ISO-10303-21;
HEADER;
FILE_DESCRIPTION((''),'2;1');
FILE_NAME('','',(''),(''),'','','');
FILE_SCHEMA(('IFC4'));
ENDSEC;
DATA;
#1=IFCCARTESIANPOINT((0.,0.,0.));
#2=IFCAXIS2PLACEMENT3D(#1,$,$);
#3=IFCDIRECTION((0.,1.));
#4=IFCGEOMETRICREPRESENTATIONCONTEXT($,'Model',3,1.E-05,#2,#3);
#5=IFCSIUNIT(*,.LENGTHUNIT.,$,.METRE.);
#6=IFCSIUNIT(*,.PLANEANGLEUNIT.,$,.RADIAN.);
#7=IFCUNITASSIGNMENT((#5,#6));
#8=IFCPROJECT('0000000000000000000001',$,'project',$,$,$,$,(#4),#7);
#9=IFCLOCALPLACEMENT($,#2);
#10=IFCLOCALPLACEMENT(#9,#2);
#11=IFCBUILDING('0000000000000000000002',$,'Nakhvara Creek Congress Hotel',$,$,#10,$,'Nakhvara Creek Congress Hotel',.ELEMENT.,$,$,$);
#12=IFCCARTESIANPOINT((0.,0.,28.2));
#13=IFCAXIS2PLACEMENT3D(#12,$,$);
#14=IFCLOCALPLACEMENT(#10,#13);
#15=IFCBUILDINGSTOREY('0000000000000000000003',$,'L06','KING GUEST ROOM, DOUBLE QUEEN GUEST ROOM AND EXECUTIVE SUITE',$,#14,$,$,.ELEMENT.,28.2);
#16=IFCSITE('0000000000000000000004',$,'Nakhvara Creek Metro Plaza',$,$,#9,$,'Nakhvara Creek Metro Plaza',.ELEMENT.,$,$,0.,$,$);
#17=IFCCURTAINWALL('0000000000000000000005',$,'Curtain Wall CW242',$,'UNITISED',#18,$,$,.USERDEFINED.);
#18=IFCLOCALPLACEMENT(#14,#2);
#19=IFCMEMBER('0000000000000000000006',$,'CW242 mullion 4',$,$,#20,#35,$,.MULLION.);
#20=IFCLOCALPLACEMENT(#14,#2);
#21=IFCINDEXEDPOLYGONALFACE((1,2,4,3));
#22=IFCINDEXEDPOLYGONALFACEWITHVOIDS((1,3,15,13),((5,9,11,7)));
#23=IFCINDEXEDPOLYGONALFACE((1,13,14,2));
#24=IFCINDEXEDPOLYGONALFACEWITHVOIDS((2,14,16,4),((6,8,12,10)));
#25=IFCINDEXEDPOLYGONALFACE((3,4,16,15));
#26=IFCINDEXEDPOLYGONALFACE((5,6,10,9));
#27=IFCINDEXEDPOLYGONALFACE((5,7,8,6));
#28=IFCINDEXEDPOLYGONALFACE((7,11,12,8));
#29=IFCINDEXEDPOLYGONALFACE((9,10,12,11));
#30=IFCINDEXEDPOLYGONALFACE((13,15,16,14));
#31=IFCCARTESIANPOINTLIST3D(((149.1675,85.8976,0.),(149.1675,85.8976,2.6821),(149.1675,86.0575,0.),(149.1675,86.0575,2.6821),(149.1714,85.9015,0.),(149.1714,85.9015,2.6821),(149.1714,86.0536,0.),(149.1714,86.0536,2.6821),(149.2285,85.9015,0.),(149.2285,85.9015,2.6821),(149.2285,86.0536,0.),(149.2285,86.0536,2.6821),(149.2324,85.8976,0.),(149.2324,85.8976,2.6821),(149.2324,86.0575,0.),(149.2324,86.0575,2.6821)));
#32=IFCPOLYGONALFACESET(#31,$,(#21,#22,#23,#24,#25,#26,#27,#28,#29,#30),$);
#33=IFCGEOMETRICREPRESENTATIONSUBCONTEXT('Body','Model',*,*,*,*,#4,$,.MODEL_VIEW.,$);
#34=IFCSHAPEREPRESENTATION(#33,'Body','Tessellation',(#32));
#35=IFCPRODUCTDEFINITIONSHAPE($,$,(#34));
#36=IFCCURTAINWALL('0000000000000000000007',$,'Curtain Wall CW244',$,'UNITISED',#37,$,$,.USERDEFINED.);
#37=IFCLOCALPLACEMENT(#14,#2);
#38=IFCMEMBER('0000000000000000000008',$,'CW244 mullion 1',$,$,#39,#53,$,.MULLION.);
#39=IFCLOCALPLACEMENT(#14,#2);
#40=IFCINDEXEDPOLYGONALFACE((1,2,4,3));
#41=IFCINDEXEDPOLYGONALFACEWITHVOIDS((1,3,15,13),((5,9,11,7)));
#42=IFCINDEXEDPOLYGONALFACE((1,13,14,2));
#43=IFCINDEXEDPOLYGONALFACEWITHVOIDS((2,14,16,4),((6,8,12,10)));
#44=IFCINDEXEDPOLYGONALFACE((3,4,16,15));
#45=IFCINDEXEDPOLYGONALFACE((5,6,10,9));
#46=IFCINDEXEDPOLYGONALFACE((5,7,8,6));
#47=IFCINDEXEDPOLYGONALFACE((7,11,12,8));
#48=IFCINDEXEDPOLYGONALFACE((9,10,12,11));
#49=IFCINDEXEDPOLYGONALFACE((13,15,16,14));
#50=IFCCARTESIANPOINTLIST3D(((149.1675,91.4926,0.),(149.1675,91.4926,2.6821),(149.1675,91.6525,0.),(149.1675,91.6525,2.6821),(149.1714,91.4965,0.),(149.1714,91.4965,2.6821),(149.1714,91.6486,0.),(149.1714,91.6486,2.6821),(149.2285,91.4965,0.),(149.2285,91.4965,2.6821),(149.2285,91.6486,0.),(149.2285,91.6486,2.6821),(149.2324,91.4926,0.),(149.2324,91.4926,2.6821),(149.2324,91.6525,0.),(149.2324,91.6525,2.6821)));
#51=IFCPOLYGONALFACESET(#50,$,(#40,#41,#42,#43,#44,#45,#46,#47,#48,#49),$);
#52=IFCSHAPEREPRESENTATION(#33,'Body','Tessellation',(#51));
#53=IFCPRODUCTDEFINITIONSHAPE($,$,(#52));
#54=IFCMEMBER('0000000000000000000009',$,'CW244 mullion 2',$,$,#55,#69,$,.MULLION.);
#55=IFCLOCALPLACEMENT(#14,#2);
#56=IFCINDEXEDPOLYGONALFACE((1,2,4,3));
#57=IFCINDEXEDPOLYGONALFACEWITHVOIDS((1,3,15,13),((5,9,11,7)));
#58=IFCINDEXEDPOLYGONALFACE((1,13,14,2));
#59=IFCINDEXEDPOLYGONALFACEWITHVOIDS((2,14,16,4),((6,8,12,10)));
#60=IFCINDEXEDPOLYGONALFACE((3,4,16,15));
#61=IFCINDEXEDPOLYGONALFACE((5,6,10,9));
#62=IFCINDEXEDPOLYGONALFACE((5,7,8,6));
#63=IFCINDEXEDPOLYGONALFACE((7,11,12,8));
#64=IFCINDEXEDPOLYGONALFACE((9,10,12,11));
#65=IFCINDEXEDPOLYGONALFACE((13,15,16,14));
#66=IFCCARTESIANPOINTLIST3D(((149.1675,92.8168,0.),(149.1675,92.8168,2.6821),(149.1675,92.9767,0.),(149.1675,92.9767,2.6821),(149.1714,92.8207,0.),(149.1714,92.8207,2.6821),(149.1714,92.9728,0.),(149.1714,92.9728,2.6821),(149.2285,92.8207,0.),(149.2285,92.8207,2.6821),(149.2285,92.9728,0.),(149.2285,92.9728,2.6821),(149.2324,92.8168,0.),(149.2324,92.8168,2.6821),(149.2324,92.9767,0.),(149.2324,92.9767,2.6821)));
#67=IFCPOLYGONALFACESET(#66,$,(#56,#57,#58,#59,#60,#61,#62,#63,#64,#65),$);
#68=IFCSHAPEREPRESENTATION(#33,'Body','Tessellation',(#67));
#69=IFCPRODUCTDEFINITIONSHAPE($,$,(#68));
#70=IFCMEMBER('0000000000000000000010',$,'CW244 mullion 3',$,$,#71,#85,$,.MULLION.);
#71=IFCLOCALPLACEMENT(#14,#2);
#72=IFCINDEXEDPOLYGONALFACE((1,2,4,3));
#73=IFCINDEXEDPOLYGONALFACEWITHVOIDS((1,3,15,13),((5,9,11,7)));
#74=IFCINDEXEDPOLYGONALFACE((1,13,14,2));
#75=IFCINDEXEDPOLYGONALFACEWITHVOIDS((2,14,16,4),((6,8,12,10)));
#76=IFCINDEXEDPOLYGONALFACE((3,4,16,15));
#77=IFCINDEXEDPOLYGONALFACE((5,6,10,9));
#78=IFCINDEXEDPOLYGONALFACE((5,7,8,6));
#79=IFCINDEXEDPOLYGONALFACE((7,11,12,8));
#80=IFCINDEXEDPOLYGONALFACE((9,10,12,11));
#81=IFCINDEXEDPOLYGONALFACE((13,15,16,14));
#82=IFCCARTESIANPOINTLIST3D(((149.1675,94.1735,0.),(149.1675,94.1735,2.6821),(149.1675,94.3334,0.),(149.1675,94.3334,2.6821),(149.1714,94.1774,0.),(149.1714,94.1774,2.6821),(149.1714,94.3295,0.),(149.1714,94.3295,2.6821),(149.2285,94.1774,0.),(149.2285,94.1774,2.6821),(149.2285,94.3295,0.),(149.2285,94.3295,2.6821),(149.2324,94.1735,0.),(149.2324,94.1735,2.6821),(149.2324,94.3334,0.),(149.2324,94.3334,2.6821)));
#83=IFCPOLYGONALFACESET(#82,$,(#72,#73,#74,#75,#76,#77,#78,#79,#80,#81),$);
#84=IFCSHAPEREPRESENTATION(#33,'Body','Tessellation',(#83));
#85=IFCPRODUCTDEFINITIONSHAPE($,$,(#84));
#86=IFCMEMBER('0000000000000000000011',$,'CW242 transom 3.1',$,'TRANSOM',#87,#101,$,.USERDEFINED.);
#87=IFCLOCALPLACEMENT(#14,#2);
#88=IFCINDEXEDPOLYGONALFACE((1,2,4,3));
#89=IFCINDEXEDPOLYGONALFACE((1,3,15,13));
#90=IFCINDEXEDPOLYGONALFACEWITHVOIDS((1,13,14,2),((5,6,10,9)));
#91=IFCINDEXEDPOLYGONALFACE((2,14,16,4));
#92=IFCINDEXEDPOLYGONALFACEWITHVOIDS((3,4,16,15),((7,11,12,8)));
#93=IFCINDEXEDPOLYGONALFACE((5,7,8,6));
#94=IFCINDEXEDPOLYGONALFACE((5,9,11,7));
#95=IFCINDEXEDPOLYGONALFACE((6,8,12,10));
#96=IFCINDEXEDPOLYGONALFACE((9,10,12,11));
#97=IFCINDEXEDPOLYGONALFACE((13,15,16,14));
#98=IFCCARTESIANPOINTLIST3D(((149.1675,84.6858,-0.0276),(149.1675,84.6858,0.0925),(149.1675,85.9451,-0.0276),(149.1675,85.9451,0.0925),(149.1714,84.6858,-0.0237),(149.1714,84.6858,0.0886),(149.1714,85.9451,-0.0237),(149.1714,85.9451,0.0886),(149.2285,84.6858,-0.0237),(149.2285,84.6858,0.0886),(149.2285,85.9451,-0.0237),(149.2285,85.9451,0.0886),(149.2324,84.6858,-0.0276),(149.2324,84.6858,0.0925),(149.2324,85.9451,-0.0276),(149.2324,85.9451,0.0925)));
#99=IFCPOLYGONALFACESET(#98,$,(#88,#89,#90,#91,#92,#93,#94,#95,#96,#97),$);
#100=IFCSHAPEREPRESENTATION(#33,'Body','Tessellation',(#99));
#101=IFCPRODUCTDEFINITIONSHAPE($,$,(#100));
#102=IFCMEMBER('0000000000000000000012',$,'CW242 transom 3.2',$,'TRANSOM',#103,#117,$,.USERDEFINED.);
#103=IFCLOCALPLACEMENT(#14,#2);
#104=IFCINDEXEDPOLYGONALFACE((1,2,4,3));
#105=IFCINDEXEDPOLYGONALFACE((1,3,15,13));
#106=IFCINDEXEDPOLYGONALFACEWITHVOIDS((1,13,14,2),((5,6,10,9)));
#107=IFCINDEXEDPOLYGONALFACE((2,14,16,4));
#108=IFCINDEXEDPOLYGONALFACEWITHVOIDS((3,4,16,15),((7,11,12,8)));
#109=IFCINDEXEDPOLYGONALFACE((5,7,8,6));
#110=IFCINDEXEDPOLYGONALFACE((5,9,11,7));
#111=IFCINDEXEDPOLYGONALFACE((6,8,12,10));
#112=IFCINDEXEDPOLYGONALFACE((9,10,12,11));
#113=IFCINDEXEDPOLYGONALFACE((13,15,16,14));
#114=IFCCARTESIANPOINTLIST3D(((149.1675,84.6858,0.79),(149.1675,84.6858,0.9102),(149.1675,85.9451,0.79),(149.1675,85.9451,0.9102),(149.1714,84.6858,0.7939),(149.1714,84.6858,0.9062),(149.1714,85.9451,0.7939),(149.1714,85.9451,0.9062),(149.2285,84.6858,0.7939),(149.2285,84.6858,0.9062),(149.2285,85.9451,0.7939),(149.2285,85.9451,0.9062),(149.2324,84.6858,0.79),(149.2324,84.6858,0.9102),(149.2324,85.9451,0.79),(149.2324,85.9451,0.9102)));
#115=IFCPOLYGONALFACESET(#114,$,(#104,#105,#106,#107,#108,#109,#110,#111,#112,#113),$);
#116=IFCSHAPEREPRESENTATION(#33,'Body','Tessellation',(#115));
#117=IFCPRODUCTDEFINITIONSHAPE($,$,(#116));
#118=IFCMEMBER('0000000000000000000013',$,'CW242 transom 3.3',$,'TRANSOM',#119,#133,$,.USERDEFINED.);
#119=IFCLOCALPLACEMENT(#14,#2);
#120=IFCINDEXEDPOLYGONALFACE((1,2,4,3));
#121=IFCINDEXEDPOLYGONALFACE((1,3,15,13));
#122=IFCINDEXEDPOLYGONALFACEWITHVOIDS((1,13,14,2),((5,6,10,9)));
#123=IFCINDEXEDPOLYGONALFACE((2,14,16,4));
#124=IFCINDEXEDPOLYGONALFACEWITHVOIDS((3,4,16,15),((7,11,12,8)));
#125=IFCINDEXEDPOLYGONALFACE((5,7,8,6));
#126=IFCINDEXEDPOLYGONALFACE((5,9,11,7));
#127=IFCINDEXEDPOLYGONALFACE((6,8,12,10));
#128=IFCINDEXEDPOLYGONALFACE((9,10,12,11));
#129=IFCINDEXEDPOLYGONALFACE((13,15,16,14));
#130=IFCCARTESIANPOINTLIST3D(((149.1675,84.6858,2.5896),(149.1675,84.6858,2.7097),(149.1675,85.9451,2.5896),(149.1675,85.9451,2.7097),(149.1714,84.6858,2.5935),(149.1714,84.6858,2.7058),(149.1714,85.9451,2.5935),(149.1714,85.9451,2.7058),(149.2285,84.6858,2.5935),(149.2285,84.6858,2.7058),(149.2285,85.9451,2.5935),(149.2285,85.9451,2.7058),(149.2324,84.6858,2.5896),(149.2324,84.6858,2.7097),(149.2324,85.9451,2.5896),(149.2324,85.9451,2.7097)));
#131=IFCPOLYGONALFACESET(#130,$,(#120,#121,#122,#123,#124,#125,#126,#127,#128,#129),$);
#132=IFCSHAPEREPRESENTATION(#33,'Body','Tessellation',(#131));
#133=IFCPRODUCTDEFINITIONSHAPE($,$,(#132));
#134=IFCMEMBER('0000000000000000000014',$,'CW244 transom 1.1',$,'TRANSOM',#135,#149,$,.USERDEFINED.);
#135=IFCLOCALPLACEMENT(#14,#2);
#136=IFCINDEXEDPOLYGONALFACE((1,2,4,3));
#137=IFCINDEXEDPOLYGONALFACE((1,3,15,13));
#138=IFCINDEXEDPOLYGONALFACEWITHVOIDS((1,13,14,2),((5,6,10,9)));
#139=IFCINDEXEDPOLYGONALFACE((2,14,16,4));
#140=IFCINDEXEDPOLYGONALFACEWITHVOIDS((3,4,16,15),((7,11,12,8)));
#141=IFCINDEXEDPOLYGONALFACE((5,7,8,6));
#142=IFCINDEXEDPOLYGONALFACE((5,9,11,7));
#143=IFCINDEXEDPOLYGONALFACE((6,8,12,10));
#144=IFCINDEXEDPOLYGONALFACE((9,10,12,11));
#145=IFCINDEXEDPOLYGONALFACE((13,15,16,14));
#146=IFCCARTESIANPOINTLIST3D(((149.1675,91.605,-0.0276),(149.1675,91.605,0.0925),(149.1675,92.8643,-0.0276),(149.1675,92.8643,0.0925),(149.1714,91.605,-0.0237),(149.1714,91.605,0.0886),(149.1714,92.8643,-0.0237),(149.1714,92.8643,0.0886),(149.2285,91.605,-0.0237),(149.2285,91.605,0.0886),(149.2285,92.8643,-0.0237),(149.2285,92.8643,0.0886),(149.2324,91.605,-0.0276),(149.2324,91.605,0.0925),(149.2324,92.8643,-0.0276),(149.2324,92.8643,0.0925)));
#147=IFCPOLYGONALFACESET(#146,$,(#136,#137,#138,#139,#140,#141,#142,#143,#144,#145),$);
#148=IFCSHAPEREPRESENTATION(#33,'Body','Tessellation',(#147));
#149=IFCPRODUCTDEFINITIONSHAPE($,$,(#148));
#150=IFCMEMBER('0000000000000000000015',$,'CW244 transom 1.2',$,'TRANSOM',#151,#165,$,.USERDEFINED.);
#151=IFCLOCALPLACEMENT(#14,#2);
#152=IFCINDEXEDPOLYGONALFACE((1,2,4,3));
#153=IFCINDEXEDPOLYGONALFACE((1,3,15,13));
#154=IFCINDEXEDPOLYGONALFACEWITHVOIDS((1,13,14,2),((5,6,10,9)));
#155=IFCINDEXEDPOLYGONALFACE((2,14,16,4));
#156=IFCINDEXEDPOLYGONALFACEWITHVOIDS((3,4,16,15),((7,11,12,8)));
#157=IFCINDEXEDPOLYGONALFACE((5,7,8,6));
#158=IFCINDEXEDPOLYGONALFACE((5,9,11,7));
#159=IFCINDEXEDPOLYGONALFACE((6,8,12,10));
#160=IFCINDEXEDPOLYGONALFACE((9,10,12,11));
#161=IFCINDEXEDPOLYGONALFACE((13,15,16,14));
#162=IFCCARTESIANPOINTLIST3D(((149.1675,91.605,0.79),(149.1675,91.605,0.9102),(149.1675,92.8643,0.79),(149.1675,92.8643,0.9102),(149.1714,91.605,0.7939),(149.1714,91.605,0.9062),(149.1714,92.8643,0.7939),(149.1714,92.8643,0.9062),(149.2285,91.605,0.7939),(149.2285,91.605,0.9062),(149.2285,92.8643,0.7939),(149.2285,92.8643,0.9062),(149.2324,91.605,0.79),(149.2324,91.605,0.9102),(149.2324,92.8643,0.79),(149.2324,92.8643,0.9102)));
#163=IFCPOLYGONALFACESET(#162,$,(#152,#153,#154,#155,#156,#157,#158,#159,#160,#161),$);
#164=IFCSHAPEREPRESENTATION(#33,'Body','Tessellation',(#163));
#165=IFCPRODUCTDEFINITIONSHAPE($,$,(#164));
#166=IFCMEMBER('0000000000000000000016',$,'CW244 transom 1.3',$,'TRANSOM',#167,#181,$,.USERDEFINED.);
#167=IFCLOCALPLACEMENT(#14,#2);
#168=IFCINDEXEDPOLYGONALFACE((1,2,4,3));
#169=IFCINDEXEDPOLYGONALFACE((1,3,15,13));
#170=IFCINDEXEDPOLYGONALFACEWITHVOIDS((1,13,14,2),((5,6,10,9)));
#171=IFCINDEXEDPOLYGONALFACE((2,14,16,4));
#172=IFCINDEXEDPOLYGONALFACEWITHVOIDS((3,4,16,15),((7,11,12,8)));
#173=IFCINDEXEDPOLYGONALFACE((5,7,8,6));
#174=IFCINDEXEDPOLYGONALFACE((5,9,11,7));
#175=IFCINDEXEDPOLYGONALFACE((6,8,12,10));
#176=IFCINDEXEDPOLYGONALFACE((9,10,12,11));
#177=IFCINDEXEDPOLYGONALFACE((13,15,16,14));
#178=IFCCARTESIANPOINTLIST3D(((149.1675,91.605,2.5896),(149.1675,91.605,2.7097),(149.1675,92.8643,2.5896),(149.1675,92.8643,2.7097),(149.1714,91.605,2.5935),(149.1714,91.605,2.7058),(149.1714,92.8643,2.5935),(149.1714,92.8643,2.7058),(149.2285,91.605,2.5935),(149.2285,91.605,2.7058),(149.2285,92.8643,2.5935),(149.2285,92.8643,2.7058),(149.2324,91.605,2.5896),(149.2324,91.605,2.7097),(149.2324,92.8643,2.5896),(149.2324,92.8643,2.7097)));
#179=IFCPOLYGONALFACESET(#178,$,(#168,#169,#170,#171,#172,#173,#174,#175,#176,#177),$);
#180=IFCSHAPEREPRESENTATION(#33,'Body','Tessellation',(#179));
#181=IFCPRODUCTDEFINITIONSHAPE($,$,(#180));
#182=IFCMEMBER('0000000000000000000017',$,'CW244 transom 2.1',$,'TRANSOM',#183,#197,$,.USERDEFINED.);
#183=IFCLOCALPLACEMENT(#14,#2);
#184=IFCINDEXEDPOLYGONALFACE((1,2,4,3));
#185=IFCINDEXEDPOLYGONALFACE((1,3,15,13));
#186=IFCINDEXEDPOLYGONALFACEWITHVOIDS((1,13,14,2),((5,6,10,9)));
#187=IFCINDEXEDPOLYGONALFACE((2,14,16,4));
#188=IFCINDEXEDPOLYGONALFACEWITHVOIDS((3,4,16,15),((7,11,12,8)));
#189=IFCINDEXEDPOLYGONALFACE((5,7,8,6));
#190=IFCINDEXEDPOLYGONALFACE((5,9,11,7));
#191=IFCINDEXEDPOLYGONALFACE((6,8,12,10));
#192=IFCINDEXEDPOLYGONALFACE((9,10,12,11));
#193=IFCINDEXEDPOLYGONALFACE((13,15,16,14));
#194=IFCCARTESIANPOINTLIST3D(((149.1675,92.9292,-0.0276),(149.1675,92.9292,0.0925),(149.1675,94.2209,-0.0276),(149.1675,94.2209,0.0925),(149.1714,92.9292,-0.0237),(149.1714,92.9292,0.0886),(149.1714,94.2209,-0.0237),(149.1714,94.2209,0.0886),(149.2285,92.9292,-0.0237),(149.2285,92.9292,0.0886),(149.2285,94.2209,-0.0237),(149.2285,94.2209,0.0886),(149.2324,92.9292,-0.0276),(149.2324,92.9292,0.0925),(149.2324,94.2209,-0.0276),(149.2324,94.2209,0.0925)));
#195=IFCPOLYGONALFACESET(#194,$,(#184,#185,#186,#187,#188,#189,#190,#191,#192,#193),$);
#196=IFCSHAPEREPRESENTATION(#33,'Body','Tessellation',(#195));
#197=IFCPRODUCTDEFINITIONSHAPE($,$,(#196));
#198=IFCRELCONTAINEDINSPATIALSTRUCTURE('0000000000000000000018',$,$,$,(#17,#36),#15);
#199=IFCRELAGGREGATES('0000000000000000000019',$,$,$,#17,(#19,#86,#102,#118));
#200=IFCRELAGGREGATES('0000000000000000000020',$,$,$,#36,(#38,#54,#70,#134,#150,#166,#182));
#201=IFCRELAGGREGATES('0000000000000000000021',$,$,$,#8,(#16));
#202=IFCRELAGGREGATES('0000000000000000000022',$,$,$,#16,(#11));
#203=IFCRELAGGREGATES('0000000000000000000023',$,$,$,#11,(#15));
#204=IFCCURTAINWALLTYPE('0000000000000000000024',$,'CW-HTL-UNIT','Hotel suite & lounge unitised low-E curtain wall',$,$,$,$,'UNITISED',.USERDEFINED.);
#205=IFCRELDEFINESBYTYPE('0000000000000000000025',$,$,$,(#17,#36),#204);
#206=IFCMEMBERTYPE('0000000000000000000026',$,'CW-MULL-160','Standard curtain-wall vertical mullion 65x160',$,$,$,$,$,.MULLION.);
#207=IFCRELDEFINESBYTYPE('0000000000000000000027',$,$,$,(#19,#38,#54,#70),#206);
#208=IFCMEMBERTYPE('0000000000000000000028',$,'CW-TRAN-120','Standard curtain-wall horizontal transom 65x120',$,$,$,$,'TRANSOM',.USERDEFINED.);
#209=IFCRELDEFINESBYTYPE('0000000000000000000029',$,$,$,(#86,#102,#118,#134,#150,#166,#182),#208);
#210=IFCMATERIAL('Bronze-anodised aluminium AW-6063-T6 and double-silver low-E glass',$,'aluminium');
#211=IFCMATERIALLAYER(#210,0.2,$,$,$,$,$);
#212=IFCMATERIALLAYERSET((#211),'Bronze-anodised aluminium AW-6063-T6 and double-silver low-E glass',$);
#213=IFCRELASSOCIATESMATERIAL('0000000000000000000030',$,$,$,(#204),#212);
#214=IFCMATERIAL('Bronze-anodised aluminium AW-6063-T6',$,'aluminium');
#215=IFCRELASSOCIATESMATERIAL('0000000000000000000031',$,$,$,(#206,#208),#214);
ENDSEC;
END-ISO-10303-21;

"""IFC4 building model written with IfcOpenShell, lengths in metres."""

from ifc_helpers import new_model, si_unit, direction, frame, origin, origin_2d, place, context, subcontext, project, spatial, hollow_rectangle, extrude, material, layer, layer_set, material_profile, profile_set, type_object, element, aggregate, save


model = new_model("IFC4")

# Units and contexts
model_context = context("Model", 3, precision=1e-05, world=origin(), true_north=direction((0.0, 1.0)))
body_context = subcontext(model_context, "Body", "Model", "MODEL_VIEW")
ifc_project = project(units=[si_unit("LENGTHUNIT", "METRE"), si_unit("PLANEANGLEUNIT", "RADIAN")], contexts=[model_context])

# Site, building, storey
site_placement = place(None, origin())
site = spatial("IfcSite", under=ifc_project, at=site_placement, Name="Nakhvara Creek Metro Plaza", LongName="Nakhvara Creek Metro Plaza", CompositionType="ELEMENT", RefElevation=0.0)
building_placement = place(site_placement, origin())
building = spatial("IfcBuilding", under=site, at=building_placement, Name="Nakhvara Creek Congress Hotel", LongName="Nakhvara Creek Congress Hotel", CompositionType="ELEMENT")
storey_placement = place(building_placement, frame((0.0, 0.0, 28.2)))
storey = spatial("IfcBuildingStorey", under=building, at=storey_placement, Name="L06", Description="KING GUEST ROOM, DOUBLE QUEEN GUEST ROOM AND EXECUTIVE SUITE", CompositionType="ELEMENT", Elevation=28.2)

# Curtain wall, member
ifc_material_1 = material(Name="Bronze-anodised aluminium AW-6063-T6 and double-silver low-E glass", Category="aluminium")
ifc_layer = layer(ifc_material_1, 0.2)
ifc_layer_set = layer_set([ifc_layer], Name="Bronze-anodised aluminium AW-6063-T6 and double-silver low-E glass")
curtain_wall_type = type_object("IfcCurtainWallType", Name="CW-HTL-UNIT", Description="Hotel suite & lounge unitised low-E curtain wall", ElementType="UNITISED", PredefinedType="USERDEFINED", material=ifc_layer_set)
curtain_wall_1_placement = place(storey_placement, origin())
curtain_wall_1 = element("IfcCurtainWall", 1, at=curtain_wall_1_placement, inside=storey, type_object=curtain_wall_type, Name="Curtain Wall CW242", ObjectType="UNITISED", PredefinedType="USERDEFINED")
ifc_material_2 = material(Name="Bronze-anodised aluminium AW-6063-T6", Category="aluminium")
ifc_material_profile_1 = material_profile(ifc_material_2, hollow_rectangle(XDim=0.0649, YDim=0.1599, WallThickness=0.0039, at=origin_2d()), Name="ALU-MULL 65x160x4", Category="LoadBearing")
ifc_profile_set_1 = profile_set([ifc_material_profile_1], Name="Bronze-anodised aluminium AW-6063-T6")
member_type_1 = type_object("IfcMemberType", Name="CW-MULL-160", Description="Standard curtain-wall vertical mullion 65x160", PredefinedType="MULLION", material=ifc_profile_set_1)
member_1_placement = place(storey_placement, frame((149.2, 85.9775, 0.0), z_axis=(0.0, 0.0, 1.0), x_axis=(-1.0, 0.0, 0.0)))
member_1 = element("IfcMember", 2, at=member_1_placement, type_object=member_type_1, Name="CW242 mullion 4", PredefinedType="MULLION", context=body_context, shape_type="SweptSolid", body=[
    extrude(hollow_rectangle(XDim=0.0649, YDim=0.1599, WallThickness=0.0039, at=origin_2d()), origin(), (0.0, 0.0, 1.0), 2.6821),
])

# Curtain wall, members
curtain_wall_2_placement = place(storey_placement, origin())
curtain_wall_2 = element("IfcCurtainWall", 3, at=curtain_wall_2_placement, inside=storey, type_object=curtain_wall_type, Name="Curtain Wall CW244", ObjectType="UNITISED", PredefinedType="USERDEFINED")
member_2_placement = place(storey_placement, frame((149.2, 91.5725, 0.0), z_axis=(0.0, 0.0, 1.0), x_axis=(-1.0, 0.0, 0.0)))
member_2 = element("IfcMember", 4, at=member_2_placement, type_object=member_type_1, Name="CW244 mullion 1", PredefinedType="MULLION", context=body_context, shape_type="SweptSolid", body=[
    extrude(hollow_rectangle(XDim=0.0649, YDim=0.1599, WallThickness=0.0039, at=origin_2d()), origin(), (0.0, 0.0, 1.0), 2.6821),
])
member_3_placement = place(storey_placement, frame((149.2, 92.8967, 0.0), z_axis=(0.0, 0.0, 1.0), x_axis=(-1.0, 0.0, 0.0)))
member_3 = element("IfcMember", 5, at=member_3_placement, type_object=member_type_1, Name="CW244 mullion 2", PredefinedType="MULLION", context=body_context, shape_type="SweptSolid", body=[
    extrude(hollow_rectangle(XDim=0.0649, YDim=0.1599, WallThickness=0.0039, at=origin_2d()), origin(), (0.0, 0.0, 1.0), 2.6821),
])
member_4_placement = place(storey_placement, frame((149.2, 94.2534, 0.0), z_axis=(0.0, 0.0, 1.0), x_axis=(-1.0, 0.0, 0.0)))
member_4 = element("IfcMember", 6, at=member_4_placement, type_object=member_type_1, Name="CW244 mullion 3", PredefinedType="MULLION", context=body_context, shape_type="SweptSolid", body=[
    extrude(hollow_rectangle(XDim=0.0649, YDim=0.1599, WallThickness=0.0039, at=origin_2d()), origin(), (0.0, 0.0, 1.0), 2.6821),
])

# Members
ifc_material_profile_2 = material_profile(ifc_material_2, hollow_rectangle(XDim=0.0649, YDim=0.1201, WallThickness=0.0039, at=origin_2d()), Name="ALU-TRAN 65x120x4", Category="LoadBearing")
ifc_profile_set_2 = profile_set([ifc_material_profile_2], Name="Bronze-anodised aluminium AW-6063-T6")
member_type_2 = type_object("IfcMemberType", Name="CW-TRAN-120", Description="Standard curtain-wall horizontal transom 65x120", ElementType="TRANSOM", PredefinedType="USERDEFINED", material=ifc_profile_set_2)
member_5_placement = place(storey_placement, frame((149.2, 84.6858, 0.0325), z_axis=(0.0, 1.0, 0.0), x_axis=(-1.0, 0.0, 0.0)))
member_5 = element("IfcMember", 7, at=member_5_placement, type_object=member_type_2, Name="CW242 transom 3.1", ObjectType="TRANSOM", PredefinedType="USERDEFINED", context=body_context, shape_type="SweptSolid", body=[
    extrude(hollow_rectangle(XDim=0.0649, YDim=0.1201, WallThickness=0.0039, at=origin_2d()), origin(), (0.0, 0.0, 1.0), 1.2593),
])
member_6_placement = place(storey_placement, frame((149.2, 84.6858, 0.8501), z_axis=(0.0, 1.0, 0.0), x_axis=(-1.0, 0.0, 0.0)))
member_6 = element("IfcMember", 8, at=member_6_placement, type_object=member_type_2, Name="CW242 transom 3.2", ObjectType="TRANSOM", PredefinedType="USERDEFINED", context=body_context, shape_type="SweptSolid", body=[
    extrude(hollow_rectangle(XDim=0.0649, YDim=0.1201, WallThickness=0.0039, at=origin_2d()), origin(), (0.0, 0.0, 1.0), 1.2593),
])
member_7_placement = place(storey_placement, frame((149.2, 84.6858, 2.6497), z_axis=(0.0, 1.0, 0.0), x_axis=(-1.0, 0.0, 0.0)))
member_7 = element("IfcMember", 9, at=member_7_placement, type_object=member_type_2, Name="CW242 transom 3.3", ObjectType="TRANSOM", PredefinedType="USERDEFINED", context=body_context, shape_type="SweptSolid", body=[
    extrude(hollow_rectangle(XDim=0.0649, YDim=0.1201, WallThickness=0.0039, at=origin_2d()), origin(), (0.0, 0.0, 1.0), 1.2593),
])
member_8_placement = place(storey_placement, frame((149.2, 91.605, 0.0325), z_axis=(0.0, 1.0, 0.0), x_axis=(-1.0, 0.0, 0.0)))
member_8 = element("IfcMember", 10, at=member_8_placement, type_object=member_type_2, Name="CW244 transom 1.1", ObjectType="TRANSOM", PredefinedType="USERDEFINED", context=body_context, shape_type="SweptSolid", body=[
    extrude(hollow_rectangle(XDim=0.0649, YDim=0.1201, WallThickness=0.0039, at=origin_2d()), origin(), (0.0, 0.0, 1.0), 1.2593),
])
member_9_placement = place(storey_placement, frame((149.2, 91.605, 0.8501), z_axis=(0.0, 1.0, 0.0), x_axis=(-1.0, 0.0, 0.0)))
member_9 = element("IfcMember", 11, at=member_9_placement, type_object=member_type_2, Name="CW244 transom 1.2", ObjectType="TRANSOM", PredefinedType="USERDEFINED", context=body_context, shape_type="SweptSolid", body=[
    extrude(hollow_rectangle(XDim=0.0649, YDim=0.1201, WallThickness=0.0039, at=origin_2d()), origin(), (0.0, 0.0, 1.0), 1.2593),
])
member_10_placement = place(storey_placement, frame((149.2, 91.605, 2.6497), z_axis=(0.0, 1.0, 0.0), x_axis=(-1.0, 0.0, 0.0)))
member_10 = element("IfcMember", 12, at=member_10_placement, type_object=member_type_2, Name="CW244 transom 1.3", ObjectType="TRANSOM", PredefinedType="USERDEFINED", context=body_context, shape_type="SweptSolid", body=[
    extrude(hollow_rectangle(XDim=0.0649, YDim=0.1201, WallThickness=0.0039, at=origin_2d()), origin(), (0.0, 0.0, 1.0), 1.2593),
])
member_11_placement = place(storey_placement, frame((149.2, 92.9292, 0.0325), z_axis=(0.0, 1.0, 0.0), x_axis=(-1.0, 0.0, 0.0)))
member_11 = element("IfcMember", 13, at=member_11_placement, type_object=member_type_2, Name="CW244 transom 2.1", ObjectType="TRANSOM", PredefinedType="USERDEFINED", context=body_context, shape_type="SweptSolid", body=[
    extrude(hollow_rectangle(XDim=0.0649, YDim=0.1201, WallThickness=0.0039, at=origin_2d()), origin(), (0.0, 0.0, 1.0), 1.2917),
])

aggregate(curtain_wall_1, [member_1, member_5, member_6, member_7])
aggregate(curtain_wall_2, [member_2, member_3, member_4, member_8, member_9, member_10, member_11])

save(model, "model.ifc")
